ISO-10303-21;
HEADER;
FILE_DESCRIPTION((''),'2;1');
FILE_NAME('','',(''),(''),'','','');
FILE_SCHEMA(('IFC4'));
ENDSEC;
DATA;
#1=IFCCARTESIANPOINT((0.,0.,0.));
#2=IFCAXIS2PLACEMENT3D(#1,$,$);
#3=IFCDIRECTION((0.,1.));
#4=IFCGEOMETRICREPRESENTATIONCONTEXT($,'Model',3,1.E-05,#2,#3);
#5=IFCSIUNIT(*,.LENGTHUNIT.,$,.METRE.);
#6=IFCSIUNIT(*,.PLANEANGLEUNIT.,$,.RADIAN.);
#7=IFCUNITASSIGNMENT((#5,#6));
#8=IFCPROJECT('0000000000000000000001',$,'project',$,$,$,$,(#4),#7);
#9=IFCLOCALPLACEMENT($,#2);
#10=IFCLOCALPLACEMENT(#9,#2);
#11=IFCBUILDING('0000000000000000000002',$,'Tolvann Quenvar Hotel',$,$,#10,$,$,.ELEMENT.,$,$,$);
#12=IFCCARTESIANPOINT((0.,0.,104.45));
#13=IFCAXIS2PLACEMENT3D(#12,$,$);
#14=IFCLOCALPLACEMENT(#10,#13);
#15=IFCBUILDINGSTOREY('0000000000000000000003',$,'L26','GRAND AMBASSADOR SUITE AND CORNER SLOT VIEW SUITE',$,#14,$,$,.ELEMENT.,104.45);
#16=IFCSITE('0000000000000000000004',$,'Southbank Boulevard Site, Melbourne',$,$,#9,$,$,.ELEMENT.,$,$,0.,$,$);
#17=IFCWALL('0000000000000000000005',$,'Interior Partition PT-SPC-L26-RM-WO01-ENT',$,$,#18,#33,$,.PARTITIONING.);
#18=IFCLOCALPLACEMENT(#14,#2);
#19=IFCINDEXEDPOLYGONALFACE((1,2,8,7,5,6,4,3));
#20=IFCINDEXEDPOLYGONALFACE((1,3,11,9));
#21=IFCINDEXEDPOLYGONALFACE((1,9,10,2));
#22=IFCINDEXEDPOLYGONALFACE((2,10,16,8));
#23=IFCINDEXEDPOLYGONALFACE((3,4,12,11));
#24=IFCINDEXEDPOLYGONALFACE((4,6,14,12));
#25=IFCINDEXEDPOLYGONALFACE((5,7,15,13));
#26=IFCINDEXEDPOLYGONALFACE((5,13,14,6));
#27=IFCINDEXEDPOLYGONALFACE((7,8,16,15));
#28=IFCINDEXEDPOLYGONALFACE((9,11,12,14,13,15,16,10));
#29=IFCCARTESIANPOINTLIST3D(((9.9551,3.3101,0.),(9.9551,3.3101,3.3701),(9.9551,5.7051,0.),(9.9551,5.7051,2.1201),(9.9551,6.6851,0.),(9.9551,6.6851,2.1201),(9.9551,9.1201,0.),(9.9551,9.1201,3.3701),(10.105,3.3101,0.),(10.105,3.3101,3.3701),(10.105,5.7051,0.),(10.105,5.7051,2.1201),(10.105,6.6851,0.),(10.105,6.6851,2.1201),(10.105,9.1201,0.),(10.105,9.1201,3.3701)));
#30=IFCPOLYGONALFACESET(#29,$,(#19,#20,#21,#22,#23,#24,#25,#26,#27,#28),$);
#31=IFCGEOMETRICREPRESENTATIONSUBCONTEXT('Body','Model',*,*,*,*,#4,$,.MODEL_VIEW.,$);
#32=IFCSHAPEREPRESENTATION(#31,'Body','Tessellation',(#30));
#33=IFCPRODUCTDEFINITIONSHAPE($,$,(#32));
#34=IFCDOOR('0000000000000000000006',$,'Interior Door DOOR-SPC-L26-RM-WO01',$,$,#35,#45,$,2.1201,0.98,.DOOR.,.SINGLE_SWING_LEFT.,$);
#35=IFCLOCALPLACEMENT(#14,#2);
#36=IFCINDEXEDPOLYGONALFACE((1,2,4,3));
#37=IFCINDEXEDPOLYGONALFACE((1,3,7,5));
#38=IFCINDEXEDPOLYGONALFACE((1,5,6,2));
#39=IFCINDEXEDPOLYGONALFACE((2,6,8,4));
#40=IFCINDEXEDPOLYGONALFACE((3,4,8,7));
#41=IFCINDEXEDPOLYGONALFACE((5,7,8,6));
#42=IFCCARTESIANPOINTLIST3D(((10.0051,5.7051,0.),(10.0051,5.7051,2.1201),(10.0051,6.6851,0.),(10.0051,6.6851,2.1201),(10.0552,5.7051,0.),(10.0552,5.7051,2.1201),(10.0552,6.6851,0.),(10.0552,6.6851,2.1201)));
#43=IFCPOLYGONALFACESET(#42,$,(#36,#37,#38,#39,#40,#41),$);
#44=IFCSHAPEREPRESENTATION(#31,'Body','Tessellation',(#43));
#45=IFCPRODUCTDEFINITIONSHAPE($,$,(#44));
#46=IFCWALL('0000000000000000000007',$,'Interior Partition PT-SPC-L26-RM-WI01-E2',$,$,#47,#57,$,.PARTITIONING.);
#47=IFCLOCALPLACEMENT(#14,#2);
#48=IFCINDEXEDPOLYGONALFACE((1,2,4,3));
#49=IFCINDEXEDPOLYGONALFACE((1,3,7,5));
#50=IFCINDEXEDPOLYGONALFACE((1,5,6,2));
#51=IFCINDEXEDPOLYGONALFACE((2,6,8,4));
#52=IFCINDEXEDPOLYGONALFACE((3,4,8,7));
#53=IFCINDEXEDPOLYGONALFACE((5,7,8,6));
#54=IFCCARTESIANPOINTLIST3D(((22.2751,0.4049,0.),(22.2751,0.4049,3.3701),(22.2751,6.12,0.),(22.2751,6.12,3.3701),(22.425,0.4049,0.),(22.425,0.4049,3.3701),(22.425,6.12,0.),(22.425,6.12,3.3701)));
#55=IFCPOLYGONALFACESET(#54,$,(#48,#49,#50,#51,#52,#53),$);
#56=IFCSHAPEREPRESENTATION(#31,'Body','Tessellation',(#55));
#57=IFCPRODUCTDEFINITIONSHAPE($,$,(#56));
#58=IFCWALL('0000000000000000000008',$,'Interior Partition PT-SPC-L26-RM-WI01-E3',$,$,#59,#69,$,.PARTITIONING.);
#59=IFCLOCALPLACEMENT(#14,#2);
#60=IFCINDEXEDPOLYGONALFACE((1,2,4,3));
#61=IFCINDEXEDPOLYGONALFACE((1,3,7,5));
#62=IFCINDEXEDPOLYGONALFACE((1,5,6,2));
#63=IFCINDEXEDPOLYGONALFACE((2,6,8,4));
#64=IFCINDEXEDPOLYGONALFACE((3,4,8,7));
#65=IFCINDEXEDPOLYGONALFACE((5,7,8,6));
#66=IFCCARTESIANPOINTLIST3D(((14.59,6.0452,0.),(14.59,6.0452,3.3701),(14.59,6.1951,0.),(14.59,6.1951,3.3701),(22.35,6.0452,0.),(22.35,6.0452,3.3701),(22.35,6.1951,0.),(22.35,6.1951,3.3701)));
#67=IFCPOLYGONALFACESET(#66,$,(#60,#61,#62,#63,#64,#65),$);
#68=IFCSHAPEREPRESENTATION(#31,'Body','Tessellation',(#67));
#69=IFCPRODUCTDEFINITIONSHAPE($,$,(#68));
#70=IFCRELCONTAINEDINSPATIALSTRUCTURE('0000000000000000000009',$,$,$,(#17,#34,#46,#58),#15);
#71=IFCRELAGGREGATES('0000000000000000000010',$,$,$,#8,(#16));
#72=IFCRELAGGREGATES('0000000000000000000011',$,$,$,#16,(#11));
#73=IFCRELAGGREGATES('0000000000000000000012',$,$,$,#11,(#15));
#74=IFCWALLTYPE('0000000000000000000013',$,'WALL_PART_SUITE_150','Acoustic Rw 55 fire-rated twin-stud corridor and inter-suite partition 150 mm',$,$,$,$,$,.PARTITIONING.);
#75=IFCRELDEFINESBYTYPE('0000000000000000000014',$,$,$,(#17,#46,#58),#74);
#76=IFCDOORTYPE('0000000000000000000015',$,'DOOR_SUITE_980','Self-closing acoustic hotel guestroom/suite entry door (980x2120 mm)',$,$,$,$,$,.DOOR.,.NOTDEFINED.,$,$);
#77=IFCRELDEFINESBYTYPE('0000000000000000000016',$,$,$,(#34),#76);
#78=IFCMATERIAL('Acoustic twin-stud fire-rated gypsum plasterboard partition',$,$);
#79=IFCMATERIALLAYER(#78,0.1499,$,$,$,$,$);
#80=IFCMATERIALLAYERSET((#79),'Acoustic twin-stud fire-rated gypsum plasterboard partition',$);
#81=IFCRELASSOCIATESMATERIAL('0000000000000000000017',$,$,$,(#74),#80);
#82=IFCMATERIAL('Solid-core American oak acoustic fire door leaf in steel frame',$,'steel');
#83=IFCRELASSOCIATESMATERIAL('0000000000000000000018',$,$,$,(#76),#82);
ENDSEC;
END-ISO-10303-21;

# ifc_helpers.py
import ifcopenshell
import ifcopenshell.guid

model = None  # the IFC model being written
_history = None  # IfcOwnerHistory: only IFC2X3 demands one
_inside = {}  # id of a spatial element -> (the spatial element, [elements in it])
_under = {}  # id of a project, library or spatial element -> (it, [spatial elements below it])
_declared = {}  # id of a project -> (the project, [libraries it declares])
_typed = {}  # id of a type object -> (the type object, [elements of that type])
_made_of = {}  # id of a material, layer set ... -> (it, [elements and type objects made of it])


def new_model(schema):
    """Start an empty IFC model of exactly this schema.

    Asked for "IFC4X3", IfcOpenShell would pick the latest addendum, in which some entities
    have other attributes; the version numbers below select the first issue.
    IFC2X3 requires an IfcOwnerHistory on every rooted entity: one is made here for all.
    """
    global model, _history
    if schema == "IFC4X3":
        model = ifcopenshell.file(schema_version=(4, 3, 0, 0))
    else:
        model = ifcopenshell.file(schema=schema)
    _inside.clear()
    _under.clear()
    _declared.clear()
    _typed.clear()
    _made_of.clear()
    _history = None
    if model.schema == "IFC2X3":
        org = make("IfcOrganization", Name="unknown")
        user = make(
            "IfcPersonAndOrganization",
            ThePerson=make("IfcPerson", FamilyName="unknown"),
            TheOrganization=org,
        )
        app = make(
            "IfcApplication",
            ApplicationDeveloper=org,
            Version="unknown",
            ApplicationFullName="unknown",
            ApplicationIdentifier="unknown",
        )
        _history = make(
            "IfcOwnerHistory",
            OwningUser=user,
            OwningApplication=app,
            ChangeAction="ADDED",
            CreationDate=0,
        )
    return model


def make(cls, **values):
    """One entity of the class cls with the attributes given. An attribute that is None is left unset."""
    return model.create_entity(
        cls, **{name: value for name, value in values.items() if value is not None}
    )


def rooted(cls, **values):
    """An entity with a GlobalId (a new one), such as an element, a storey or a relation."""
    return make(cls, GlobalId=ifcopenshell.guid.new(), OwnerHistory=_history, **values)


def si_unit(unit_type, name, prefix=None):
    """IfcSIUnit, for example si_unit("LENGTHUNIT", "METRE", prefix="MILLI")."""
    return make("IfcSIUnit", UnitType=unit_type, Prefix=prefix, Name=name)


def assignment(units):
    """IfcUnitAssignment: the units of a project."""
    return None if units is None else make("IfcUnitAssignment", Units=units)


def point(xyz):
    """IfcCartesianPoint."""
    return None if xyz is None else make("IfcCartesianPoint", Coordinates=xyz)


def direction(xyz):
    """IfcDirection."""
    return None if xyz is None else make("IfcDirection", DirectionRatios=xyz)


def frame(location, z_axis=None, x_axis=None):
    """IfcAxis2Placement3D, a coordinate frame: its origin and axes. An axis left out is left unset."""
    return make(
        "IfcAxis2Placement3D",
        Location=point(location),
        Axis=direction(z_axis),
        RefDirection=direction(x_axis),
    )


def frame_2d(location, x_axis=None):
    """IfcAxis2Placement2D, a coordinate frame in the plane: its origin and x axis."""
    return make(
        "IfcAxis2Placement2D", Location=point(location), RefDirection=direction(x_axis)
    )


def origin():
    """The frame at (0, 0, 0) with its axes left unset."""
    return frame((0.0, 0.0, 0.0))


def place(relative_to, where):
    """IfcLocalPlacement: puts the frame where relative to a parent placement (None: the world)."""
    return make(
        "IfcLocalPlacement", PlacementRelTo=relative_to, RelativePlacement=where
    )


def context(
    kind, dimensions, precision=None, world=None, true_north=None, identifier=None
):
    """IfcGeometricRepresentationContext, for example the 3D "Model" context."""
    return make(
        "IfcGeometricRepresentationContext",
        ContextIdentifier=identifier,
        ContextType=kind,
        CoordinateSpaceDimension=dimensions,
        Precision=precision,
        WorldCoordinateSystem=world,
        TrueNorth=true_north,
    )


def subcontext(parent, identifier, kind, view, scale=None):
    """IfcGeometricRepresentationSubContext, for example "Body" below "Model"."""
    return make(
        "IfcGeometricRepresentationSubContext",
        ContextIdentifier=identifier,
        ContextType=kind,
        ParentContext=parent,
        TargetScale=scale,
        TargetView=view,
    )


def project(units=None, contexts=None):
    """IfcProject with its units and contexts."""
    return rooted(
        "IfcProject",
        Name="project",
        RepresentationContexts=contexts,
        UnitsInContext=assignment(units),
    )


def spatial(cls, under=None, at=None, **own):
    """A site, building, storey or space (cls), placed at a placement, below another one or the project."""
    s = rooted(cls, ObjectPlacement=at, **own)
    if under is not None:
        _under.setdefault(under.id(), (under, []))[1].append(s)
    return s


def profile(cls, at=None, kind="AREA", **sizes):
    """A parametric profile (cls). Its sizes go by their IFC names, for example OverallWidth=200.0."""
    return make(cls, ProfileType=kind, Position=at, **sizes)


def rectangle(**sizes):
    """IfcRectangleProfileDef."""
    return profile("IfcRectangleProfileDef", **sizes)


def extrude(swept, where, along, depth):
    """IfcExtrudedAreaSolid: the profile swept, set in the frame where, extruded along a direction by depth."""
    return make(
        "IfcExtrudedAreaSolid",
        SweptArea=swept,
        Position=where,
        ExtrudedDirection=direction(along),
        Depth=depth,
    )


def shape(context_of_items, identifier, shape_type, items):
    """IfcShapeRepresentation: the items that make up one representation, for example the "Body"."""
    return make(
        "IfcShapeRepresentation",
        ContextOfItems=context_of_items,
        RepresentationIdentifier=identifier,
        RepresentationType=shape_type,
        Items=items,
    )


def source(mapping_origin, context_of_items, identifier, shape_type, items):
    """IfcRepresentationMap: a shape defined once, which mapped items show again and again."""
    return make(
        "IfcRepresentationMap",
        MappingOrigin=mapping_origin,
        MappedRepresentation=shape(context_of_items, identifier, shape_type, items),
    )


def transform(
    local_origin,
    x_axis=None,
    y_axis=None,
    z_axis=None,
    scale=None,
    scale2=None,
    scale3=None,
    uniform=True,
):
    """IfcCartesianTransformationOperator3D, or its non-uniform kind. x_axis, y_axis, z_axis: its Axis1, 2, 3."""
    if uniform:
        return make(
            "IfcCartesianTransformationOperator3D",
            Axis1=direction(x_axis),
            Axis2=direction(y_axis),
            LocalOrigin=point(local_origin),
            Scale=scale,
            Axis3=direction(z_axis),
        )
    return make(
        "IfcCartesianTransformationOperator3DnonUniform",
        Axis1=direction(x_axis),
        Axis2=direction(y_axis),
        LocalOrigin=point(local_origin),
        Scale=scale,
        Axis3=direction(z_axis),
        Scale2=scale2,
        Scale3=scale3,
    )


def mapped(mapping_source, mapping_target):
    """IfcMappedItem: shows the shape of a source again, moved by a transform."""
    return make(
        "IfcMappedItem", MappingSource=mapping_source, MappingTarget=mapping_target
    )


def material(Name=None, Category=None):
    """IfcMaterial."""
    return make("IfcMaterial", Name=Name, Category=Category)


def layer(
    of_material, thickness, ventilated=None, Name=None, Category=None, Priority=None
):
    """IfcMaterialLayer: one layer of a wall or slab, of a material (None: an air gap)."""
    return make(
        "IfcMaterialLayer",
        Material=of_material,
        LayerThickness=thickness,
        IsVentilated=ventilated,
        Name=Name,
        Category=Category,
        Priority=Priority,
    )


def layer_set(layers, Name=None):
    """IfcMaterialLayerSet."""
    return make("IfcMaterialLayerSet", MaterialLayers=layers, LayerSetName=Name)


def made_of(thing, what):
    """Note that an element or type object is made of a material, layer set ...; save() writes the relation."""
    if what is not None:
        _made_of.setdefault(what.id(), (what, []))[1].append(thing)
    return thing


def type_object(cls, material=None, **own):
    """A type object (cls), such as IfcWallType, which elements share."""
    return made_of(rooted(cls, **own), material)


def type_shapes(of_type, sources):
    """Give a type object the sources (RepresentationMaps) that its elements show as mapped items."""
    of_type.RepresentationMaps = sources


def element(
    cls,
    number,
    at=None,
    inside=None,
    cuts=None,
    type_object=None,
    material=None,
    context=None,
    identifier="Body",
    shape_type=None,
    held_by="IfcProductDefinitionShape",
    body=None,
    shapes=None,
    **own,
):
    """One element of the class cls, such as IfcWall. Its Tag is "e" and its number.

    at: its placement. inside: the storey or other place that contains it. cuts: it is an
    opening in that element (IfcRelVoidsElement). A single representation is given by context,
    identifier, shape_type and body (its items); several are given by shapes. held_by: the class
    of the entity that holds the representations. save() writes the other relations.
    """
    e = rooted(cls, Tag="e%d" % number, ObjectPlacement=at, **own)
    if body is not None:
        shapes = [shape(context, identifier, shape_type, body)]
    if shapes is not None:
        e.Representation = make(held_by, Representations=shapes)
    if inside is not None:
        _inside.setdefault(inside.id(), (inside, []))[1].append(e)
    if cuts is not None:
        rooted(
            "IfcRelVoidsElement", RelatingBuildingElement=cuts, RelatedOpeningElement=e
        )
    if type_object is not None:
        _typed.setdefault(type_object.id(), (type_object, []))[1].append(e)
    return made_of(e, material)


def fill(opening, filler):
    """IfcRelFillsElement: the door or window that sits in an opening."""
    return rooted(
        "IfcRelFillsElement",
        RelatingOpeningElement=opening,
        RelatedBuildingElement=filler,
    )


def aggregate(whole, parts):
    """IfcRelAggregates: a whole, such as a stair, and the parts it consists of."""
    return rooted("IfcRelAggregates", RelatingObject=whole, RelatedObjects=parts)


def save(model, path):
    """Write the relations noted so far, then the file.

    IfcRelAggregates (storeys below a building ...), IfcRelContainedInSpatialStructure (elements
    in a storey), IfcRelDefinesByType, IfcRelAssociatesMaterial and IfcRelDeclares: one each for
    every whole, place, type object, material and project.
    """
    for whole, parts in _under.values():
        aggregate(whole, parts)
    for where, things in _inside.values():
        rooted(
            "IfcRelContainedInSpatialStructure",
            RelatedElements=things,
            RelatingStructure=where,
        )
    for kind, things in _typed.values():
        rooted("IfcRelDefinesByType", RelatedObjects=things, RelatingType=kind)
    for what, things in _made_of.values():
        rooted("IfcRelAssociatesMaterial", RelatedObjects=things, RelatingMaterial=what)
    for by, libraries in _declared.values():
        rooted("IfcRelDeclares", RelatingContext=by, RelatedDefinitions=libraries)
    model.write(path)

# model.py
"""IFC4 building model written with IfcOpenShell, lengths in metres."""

from ifc_helpers import new_model, si_unit, direction, frame, frame_2d, origin, place, context, subcontext, project, spatial, rectangle, extrude, source, transform, mapped, material, layer, layer_set, type_object, type_shapes, element, fill, save


model = new_model("IFC4")

# Units and contexts
model_context = context("Model", 3, precision=1e-05, world=origin(), true_north=direction((0.0, 1.0)))
body_context = subcontext(model_context, "Body", "Model", "MODEL_VIEW")
ifc_project = project(units=[si_unit("LENGTHUNIT", "METRE"), si_unit("PLANEANGLEUNIT", "RADIAN")], contexts=[model_context])

# Site, building, storey
site_placement = place(None, origin())
site = spatial("IfcSite", under=ifc_project, at=site_placement, Name="Southbank Boulevard Site, Melbourne", CompositionType="ELEMENT", RefElevation=0.0)
building_placement = place(site_placement, origin())
building = spatial("IfcBuilding", under=site, at=building_placement, Name="Tolvann Quenvar Hotel", CompositionType="ELEMENT")
storey_placement = place(building_placement, frame((0.0, 0.0, 104.45)))
storey = spatial("IfcBuildingStorey", under=building, at=storey_placement, Name="L26", Description="GRAND AMBASSADOR SUITE AND CORNER SLOT VIEW SUITE", CompositionType="ELEMENT", Elevation=104.45)

# Shared definitions
ifc_material_1 = material(Name="Acoustic twin-stud fire-rated gypsum plasterboard partition")
ifc_layer_1 = layer(ifc_material_1, 0.1499)
ifc_layer_set_1 = layer_set([ifc_layer_1], Name="Acoustic twin-stud fire-rated gypsum plasterboard partition")
wall_type_1 = type_object("IfcWallType", Name="WALL_PART_SUITE_150", Description="Acoustic Rw 55 fire-rated twin-stud corridor and inter-suite partition 150 mm", PredefinedType="PARTITIONING", material=ifc_layer_set_1)
ifc_material_2 = material(Name="Solid-core American oak acoustic fire door leaf in steel frame", Category="steel")

# Wall, opening, door
wall_1_placement = place(storey_placement, frame((10.03, 3.3101, 0.0), z_axis=(0.0, 0.0, 1.0), x_axis=(0.0, 1.0, 0.0)))
wall_1 = element("IfcWall", 1, at=wall_1_placement, inside=storey, type_object=wall_type_1, Name="Interior Partition PT-SPC-L26-RM-WO01-ENT", PredefinedType="PARTITIONING", context=body_context, shape_type="SweptSolid", body=[
    extrude(rectangle(XDim=5.8101, YDim=0.1499, at=frame_2d((2.905, 0.0))), origin(), (0.0, 0.0, 1.0), 3.3701),
])
opening_1_placement = place(wall_1_placement, frame((2.395, 0.0, 0.0)))
opening_1 = element("IfcOpeningElement", 2, at=opening_1_placement, cuts=wall_1, PredefinedType="OPENING", context=body_context, shape_type="SweptSolid", body=[
    extrude(rectangle(XDim=0.98, YDim=2.1201, at=frame_2d((0.49, 1.0601))), frame((0.0, 0.085, 0.0), z_axis=(0.0, -1.0, 0.0), x_axis=(1.0, 0.0, 0.0)), (0.0, 0.0, 1.0), 0.1699),
])
door_type_1 = type_object("IfcDoorType", Name="DOOR_SUITE_980", Description="Self-closing acoustic hotel guestroom/suite entry door (980x2120 mm)", OperationType="NOTDEFINED", PredefinedType="DOOR", material=ifc_material_2)
shared_shape_1 = source(origin(), body_context, "Body", "SweptSolid", [
    extrude(rectangle(XDim=0.98, YDim=2.1201, at=frame_2d((0.49, 1.0601))), frame((0.0, 0.0249, 0.0), z_axis=(0.0, -1.0, 0.0), x_axis=(1.0, 0.0, 0.0)), (0.0, 0.0, 1.0), 0.05),
])
type_shapes(door_type_1, [shared_shape_1])
door_1_placement = place(opening_1_placement, origin())
door_1 = element("IfcDoor", 3, at=door_1_placement, inside=storey, type_object=door_type_1, Name="Interior Door DOOR-SPC-L26-RM-WO01", OperationType="SINGLE_SWING_LEFT", OverallHeight=2.1201, OverallWidth=0.98, PredefinedType="DOOR", context=body_context, shape_type="MappedRepresentation", body=[
    mapped(shared_shape_1, transform((0.0, 0.0, 0.0), x_axis=(1.0, 0.0, 0.0), y_axis=(0.0, 1.0, 0.0), z_axis=(0.0, 0.0, 1.0), scale=1.0)),
])
fill(opening_1, door_1)

# Walls
wall_2_placement = place(storey_placement, frame((22.3501, 0.405, 0.0), z_axis=(0.0, 0.0, 1.0), x_axis=(0.0, 1.0, 0.0)))
element("IfcWall", 4, at=wall_2_placement, inside=storey, type_object=wall_type_1, Name="Interior Partition PT-SPC-L26-RM-WI01-E2", PredefinedType="PARTITIONING", context=body_context, shape_type="SweptSolid", body=[
    extrude(rectangle(XDim=5.7151, YDim=0.1499, at=frame_2d((2.8574, 0.0))), origin(), (0.0, 0.0, 1.0), 3.3701),
])
wall_3_placement = place(storey_placement, frame((14.5901, 6.1201, 0.0), z_axis=(0.0, 0.0, 1.0), x_axis=(1.0, 0.0, 0.0)))
element("IfcWall", 5, at=wall_3_placement, inside=storey, type_object=wall_type_1, Name="Interior Partition PT-SPC-L26-RM-WI01-E3", PredefinedType="PARTITIONING", context=body_context, shape_type="SweptSolid", body=[
    extrude(rectangle(XDim=7.76, YDim=0.1499, at=frame_2d((3.8799, 0.0))), origin(), (0.0, 0.0, 1.0), 3.3701),
])

save(model, "model.ifc")
